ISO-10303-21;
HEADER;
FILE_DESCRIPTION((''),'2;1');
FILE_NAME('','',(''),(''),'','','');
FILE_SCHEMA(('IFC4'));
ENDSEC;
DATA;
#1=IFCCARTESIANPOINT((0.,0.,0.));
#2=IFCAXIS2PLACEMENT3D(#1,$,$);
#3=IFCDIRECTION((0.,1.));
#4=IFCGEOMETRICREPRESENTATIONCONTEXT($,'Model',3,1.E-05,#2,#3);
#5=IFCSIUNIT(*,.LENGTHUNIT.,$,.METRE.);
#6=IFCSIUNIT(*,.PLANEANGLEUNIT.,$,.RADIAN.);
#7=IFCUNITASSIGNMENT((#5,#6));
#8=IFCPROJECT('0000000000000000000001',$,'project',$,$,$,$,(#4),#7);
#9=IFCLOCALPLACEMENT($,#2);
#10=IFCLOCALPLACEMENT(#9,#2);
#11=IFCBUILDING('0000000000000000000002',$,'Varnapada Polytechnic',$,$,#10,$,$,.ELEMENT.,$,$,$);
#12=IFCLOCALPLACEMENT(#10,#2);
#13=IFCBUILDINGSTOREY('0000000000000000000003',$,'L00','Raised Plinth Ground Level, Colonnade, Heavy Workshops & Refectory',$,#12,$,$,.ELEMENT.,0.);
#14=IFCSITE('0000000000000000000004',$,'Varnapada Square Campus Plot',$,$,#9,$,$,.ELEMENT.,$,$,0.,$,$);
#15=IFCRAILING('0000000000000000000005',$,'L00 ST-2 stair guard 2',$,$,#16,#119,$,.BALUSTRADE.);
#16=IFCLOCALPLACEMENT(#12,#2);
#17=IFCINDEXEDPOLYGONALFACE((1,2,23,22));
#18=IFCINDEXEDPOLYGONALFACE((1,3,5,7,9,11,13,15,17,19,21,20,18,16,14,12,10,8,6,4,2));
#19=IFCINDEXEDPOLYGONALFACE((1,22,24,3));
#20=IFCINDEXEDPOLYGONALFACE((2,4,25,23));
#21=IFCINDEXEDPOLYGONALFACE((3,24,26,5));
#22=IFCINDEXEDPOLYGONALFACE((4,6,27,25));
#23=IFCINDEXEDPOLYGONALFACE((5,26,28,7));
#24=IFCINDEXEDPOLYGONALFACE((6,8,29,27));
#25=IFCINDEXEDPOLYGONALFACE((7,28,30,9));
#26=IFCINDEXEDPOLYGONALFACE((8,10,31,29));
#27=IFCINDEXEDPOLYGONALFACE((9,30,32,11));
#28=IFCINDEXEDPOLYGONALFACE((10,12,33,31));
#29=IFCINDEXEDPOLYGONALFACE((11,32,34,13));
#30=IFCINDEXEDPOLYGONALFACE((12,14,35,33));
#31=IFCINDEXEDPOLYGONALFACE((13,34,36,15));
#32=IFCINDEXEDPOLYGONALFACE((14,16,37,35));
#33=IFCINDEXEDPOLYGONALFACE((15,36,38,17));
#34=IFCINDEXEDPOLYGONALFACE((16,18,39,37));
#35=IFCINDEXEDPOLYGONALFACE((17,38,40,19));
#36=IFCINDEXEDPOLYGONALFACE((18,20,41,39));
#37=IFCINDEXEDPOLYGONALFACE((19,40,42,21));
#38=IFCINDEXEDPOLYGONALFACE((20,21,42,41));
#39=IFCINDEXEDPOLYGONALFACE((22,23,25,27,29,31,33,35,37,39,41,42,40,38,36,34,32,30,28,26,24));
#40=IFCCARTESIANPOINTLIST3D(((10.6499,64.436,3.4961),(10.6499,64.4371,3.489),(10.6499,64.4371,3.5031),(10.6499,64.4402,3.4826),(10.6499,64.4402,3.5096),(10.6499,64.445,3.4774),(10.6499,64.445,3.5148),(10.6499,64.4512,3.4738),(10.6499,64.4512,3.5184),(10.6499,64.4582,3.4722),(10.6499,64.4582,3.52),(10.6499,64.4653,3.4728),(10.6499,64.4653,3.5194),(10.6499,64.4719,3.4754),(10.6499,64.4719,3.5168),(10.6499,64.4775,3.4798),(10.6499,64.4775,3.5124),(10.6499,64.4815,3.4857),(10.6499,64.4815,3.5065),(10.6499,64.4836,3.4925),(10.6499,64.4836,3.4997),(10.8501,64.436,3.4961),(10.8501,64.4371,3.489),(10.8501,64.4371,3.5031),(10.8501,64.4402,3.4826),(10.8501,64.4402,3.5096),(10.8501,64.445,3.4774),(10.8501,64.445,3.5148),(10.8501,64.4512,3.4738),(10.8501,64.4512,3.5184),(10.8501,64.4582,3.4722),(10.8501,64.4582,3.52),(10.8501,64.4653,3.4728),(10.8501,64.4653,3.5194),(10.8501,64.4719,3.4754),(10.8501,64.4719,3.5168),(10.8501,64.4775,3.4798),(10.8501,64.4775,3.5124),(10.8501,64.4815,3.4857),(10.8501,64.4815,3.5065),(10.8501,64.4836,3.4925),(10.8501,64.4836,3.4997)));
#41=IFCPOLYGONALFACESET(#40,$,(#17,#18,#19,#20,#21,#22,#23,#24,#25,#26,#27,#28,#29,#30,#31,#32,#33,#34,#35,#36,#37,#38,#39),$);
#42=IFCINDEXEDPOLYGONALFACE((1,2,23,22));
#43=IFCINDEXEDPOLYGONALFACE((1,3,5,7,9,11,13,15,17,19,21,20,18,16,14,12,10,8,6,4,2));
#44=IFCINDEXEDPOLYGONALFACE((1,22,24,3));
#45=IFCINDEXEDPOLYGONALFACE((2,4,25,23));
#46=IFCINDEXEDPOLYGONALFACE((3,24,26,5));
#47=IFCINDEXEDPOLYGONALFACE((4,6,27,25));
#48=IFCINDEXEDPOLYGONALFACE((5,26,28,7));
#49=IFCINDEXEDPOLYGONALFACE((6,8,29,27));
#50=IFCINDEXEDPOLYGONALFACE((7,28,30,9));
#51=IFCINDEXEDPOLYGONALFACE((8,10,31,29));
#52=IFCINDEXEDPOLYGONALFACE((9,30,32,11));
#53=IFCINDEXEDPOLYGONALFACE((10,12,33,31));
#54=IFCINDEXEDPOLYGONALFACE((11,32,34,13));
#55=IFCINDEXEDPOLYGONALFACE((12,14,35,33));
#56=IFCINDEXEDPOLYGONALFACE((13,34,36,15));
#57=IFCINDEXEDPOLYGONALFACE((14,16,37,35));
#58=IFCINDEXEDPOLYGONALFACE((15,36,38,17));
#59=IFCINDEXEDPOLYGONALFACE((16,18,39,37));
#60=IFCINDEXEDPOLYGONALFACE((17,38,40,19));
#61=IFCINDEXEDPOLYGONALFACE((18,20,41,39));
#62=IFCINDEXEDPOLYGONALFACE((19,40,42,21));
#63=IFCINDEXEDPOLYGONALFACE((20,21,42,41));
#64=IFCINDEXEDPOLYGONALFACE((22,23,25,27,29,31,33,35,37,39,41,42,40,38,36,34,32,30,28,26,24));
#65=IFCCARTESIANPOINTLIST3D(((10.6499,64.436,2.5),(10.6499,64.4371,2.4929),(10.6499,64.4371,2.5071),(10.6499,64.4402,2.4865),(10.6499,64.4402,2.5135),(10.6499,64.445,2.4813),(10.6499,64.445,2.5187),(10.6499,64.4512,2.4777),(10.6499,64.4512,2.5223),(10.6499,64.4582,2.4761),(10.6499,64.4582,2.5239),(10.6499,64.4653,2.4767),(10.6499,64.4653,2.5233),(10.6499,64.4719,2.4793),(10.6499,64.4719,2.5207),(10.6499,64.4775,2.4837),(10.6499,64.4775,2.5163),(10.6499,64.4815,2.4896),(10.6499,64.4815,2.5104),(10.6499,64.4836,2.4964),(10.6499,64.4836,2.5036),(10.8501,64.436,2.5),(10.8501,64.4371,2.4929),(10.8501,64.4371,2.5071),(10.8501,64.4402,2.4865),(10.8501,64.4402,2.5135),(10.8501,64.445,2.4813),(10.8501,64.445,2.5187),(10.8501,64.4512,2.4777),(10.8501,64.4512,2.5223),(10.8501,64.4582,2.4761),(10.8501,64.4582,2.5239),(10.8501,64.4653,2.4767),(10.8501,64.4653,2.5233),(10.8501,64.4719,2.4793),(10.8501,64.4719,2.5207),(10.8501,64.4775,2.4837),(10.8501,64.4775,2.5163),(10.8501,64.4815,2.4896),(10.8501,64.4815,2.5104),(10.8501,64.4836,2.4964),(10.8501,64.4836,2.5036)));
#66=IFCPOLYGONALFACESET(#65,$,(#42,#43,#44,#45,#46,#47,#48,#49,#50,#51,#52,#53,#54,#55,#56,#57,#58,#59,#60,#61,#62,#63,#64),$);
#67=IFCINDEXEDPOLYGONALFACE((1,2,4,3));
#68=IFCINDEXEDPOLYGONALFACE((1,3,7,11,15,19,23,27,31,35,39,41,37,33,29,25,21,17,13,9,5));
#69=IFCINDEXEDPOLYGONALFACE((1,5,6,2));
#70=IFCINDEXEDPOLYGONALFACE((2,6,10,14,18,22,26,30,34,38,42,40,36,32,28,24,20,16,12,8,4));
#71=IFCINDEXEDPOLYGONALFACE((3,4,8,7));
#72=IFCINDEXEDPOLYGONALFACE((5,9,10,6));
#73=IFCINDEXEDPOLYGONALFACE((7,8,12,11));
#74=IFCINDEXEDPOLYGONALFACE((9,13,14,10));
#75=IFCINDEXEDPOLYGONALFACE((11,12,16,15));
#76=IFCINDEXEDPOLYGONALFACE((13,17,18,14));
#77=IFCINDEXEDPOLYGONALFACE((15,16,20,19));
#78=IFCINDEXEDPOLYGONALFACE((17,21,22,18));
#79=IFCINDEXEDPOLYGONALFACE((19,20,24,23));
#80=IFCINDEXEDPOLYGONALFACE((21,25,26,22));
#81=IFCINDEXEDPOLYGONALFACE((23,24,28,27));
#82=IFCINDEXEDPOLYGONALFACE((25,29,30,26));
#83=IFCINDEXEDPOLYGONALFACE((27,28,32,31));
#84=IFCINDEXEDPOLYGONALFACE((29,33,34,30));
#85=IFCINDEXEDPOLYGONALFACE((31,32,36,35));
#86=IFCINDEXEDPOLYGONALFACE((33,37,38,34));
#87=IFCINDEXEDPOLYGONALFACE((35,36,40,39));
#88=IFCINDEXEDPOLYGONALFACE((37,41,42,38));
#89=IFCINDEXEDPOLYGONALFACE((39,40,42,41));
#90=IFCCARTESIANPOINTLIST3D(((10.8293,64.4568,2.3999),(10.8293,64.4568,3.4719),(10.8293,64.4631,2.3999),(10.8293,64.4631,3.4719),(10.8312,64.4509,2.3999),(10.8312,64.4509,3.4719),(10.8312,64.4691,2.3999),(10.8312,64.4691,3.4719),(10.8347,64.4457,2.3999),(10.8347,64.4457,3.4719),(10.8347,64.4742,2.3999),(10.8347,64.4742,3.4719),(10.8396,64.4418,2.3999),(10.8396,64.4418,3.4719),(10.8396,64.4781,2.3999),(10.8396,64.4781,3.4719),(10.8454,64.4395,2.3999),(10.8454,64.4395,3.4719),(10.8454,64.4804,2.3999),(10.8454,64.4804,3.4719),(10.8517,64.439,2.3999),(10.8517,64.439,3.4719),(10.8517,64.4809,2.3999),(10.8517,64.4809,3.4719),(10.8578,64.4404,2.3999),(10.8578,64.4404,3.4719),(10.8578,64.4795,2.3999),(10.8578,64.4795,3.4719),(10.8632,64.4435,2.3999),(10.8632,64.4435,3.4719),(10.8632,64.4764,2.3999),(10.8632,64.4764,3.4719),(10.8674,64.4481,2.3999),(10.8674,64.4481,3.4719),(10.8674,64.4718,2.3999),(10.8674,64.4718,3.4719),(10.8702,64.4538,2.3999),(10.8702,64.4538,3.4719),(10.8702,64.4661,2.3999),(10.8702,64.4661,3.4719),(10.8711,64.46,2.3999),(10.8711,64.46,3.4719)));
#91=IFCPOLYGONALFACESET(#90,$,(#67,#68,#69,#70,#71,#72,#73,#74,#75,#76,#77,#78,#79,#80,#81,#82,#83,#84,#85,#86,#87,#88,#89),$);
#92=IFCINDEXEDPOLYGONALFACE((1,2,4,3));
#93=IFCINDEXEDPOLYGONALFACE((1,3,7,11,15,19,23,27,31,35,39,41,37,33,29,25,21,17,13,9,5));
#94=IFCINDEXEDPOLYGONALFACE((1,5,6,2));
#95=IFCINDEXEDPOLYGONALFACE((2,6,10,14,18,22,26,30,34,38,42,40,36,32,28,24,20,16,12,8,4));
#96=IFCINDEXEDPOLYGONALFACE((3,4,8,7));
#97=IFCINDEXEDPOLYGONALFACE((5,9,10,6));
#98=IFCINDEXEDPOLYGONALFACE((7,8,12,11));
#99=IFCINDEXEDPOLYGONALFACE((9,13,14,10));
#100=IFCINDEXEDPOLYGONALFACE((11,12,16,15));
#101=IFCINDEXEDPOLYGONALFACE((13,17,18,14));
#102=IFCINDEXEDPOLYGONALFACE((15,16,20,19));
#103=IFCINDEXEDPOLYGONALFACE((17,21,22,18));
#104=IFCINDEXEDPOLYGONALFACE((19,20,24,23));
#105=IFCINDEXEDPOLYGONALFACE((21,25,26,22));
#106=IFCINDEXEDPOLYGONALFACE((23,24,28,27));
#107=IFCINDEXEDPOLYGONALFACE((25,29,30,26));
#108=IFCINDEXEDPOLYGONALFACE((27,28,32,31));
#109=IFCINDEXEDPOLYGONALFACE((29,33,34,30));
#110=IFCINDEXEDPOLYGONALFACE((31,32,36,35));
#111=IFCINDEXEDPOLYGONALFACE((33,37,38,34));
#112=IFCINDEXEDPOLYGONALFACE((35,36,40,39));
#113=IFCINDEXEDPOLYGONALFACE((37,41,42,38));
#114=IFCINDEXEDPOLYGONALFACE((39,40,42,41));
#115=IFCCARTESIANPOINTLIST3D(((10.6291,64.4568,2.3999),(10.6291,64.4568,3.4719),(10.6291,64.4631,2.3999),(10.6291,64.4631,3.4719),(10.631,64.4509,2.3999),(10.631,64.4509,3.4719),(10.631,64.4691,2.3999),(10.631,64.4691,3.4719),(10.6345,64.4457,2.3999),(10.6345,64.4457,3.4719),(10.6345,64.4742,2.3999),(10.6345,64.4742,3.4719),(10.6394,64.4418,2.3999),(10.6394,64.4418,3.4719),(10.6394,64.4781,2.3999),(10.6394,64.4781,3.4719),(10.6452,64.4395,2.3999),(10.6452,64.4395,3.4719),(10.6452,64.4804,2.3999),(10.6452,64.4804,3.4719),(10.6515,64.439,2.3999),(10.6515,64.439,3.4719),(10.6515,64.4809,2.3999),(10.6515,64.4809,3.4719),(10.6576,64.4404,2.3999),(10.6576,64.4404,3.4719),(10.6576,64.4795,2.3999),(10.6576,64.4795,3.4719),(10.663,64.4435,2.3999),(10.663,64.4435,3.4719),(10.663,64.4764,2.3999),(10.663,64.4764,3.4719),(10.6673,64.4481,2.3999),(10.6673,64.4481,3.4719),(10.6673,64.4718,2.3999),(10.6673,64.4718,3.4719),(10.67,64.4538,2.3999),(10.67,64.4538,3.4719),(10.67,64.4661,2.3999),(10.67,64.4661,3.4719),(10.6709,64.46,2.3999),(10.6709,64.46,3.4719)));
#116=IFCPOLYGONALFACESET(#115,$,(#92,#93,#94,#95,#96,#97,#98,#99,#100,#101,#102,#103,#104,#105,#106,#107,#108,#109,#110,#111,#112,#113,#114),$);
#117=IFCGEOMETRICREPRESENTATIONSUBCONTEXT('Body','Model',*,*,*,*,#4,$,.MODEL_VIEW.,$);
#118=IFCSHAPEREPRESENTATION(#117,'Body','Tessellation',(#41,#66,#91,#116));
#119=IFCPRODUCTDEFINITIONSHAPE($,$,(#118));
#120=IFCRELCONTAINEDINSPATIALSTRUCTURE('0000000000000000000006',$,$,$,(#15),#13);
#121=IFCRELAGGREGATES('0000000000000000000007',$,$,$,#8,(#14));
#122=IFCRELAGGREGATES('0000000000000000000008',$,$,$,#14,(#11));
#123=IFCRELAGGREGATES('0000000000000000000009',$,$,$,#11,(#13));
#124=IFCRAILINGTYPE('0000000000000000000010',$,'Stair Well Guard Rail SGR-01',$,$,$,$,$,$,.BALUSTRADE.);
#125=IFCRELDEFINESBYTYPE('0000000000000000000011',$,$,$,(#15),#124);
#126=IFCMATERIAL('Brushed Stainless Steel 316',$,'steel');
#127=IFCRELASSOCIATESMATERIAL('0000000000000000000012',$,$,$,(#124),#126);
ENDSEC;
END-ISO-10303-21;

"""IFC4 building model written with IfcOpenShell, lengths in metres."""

from ifc_helpers import new_model, si_unit, direction, frame, origin, origin_2d, place, context, subcontext, project, spatial, circle, extrude, material, type_object, element, save


model = new_model("IFC4")

# Units and contexts
model_context = context("Model", 3, precision=1e-05, world=origin(), true_north=direction((0.0, 1.0)))
body_context = subcontext(model_context, "Body", "Model", "MODEL_VIEW")
ifc_project = project(units=[si_unit("LENGTHUNIT", "METRE"), si_unit("PLANEANGLEUNIT", "RADIAN")], contexts=[model_context])

# Site, building, storey
site_placement = place(None, origin())
site = spatial("IfcSite", under=ifc_project, at=site_placement, Name="Varnapada Square Campus Plot", CompositionType="ELEMENT", RefElevation=0.0)
building_placement = place(site_placement, origin())
building = spatial("IfcBuilding", under=site, at=building_placement, Name="Varnapada Polytechnic", CompositionType="ELEMENT")
storey_placement = place(building_placement, origin())
storey = spatial("IfcBuildingStorey", under=building, at=storey_placement, Name="L00", Description="Raised Plinth Ground Level, Colonnade, Heavy Workshops & Refectory", CompositionType="ELEMENT", Elevation=0.0)

# Shared definitions
ifc_material_1 = material(Name="Brushed Stainless Steel 316", Category="steel")

# Railing
railing_type_1 = type_object("IfcRailingType", Name="Stair Well Guard Rail SGR-01", PredefinedType="BALUSTRADE", material=ifc_material_1)
railing_1_placement = place(storey_placement, frame((10.8501, 64.46, 2.3999)))
element("IfcRailing", 1, at=railing_1_placement, inside=storey, type_object=railing_type_1, Name="L00 ST-2 stair guard 2", PredefinedType="BALUSTRADE", context=body_context, shape_type="SweptSolid", body=[
    extrude(circle(Radius=0.0239, at=origin_2d()), frame((0.0, 0.0, 1.0962), z_axis=(-1.0, 0.0, 0.0), x_axis=(0.0, -1.0, 0.0)), (0.0, 0.0, 1.0), 0.2002),
    extrude(circle(Radius=0.0239, at=origin_2d()), frame((0.0, 0.0, 0.1001), z_axis=(-1.0, 0.0, 0.0), x_axis=(0.0, -1.0, 0.0)), (0.0, 0.0, 1.0), 0.2002),
    extrude(circle(Radius=0.021, at=origin_2d()), origin(), (0.0, 0.0, 1.0), 1.072),
    extrude(circle(Radius=0.021, at=origin_2d()), frame((-0.2002, 0.0, 0.0)), (0.0, 0.0, 1.0), 1.072),
])

save(model, "model.ifc")
